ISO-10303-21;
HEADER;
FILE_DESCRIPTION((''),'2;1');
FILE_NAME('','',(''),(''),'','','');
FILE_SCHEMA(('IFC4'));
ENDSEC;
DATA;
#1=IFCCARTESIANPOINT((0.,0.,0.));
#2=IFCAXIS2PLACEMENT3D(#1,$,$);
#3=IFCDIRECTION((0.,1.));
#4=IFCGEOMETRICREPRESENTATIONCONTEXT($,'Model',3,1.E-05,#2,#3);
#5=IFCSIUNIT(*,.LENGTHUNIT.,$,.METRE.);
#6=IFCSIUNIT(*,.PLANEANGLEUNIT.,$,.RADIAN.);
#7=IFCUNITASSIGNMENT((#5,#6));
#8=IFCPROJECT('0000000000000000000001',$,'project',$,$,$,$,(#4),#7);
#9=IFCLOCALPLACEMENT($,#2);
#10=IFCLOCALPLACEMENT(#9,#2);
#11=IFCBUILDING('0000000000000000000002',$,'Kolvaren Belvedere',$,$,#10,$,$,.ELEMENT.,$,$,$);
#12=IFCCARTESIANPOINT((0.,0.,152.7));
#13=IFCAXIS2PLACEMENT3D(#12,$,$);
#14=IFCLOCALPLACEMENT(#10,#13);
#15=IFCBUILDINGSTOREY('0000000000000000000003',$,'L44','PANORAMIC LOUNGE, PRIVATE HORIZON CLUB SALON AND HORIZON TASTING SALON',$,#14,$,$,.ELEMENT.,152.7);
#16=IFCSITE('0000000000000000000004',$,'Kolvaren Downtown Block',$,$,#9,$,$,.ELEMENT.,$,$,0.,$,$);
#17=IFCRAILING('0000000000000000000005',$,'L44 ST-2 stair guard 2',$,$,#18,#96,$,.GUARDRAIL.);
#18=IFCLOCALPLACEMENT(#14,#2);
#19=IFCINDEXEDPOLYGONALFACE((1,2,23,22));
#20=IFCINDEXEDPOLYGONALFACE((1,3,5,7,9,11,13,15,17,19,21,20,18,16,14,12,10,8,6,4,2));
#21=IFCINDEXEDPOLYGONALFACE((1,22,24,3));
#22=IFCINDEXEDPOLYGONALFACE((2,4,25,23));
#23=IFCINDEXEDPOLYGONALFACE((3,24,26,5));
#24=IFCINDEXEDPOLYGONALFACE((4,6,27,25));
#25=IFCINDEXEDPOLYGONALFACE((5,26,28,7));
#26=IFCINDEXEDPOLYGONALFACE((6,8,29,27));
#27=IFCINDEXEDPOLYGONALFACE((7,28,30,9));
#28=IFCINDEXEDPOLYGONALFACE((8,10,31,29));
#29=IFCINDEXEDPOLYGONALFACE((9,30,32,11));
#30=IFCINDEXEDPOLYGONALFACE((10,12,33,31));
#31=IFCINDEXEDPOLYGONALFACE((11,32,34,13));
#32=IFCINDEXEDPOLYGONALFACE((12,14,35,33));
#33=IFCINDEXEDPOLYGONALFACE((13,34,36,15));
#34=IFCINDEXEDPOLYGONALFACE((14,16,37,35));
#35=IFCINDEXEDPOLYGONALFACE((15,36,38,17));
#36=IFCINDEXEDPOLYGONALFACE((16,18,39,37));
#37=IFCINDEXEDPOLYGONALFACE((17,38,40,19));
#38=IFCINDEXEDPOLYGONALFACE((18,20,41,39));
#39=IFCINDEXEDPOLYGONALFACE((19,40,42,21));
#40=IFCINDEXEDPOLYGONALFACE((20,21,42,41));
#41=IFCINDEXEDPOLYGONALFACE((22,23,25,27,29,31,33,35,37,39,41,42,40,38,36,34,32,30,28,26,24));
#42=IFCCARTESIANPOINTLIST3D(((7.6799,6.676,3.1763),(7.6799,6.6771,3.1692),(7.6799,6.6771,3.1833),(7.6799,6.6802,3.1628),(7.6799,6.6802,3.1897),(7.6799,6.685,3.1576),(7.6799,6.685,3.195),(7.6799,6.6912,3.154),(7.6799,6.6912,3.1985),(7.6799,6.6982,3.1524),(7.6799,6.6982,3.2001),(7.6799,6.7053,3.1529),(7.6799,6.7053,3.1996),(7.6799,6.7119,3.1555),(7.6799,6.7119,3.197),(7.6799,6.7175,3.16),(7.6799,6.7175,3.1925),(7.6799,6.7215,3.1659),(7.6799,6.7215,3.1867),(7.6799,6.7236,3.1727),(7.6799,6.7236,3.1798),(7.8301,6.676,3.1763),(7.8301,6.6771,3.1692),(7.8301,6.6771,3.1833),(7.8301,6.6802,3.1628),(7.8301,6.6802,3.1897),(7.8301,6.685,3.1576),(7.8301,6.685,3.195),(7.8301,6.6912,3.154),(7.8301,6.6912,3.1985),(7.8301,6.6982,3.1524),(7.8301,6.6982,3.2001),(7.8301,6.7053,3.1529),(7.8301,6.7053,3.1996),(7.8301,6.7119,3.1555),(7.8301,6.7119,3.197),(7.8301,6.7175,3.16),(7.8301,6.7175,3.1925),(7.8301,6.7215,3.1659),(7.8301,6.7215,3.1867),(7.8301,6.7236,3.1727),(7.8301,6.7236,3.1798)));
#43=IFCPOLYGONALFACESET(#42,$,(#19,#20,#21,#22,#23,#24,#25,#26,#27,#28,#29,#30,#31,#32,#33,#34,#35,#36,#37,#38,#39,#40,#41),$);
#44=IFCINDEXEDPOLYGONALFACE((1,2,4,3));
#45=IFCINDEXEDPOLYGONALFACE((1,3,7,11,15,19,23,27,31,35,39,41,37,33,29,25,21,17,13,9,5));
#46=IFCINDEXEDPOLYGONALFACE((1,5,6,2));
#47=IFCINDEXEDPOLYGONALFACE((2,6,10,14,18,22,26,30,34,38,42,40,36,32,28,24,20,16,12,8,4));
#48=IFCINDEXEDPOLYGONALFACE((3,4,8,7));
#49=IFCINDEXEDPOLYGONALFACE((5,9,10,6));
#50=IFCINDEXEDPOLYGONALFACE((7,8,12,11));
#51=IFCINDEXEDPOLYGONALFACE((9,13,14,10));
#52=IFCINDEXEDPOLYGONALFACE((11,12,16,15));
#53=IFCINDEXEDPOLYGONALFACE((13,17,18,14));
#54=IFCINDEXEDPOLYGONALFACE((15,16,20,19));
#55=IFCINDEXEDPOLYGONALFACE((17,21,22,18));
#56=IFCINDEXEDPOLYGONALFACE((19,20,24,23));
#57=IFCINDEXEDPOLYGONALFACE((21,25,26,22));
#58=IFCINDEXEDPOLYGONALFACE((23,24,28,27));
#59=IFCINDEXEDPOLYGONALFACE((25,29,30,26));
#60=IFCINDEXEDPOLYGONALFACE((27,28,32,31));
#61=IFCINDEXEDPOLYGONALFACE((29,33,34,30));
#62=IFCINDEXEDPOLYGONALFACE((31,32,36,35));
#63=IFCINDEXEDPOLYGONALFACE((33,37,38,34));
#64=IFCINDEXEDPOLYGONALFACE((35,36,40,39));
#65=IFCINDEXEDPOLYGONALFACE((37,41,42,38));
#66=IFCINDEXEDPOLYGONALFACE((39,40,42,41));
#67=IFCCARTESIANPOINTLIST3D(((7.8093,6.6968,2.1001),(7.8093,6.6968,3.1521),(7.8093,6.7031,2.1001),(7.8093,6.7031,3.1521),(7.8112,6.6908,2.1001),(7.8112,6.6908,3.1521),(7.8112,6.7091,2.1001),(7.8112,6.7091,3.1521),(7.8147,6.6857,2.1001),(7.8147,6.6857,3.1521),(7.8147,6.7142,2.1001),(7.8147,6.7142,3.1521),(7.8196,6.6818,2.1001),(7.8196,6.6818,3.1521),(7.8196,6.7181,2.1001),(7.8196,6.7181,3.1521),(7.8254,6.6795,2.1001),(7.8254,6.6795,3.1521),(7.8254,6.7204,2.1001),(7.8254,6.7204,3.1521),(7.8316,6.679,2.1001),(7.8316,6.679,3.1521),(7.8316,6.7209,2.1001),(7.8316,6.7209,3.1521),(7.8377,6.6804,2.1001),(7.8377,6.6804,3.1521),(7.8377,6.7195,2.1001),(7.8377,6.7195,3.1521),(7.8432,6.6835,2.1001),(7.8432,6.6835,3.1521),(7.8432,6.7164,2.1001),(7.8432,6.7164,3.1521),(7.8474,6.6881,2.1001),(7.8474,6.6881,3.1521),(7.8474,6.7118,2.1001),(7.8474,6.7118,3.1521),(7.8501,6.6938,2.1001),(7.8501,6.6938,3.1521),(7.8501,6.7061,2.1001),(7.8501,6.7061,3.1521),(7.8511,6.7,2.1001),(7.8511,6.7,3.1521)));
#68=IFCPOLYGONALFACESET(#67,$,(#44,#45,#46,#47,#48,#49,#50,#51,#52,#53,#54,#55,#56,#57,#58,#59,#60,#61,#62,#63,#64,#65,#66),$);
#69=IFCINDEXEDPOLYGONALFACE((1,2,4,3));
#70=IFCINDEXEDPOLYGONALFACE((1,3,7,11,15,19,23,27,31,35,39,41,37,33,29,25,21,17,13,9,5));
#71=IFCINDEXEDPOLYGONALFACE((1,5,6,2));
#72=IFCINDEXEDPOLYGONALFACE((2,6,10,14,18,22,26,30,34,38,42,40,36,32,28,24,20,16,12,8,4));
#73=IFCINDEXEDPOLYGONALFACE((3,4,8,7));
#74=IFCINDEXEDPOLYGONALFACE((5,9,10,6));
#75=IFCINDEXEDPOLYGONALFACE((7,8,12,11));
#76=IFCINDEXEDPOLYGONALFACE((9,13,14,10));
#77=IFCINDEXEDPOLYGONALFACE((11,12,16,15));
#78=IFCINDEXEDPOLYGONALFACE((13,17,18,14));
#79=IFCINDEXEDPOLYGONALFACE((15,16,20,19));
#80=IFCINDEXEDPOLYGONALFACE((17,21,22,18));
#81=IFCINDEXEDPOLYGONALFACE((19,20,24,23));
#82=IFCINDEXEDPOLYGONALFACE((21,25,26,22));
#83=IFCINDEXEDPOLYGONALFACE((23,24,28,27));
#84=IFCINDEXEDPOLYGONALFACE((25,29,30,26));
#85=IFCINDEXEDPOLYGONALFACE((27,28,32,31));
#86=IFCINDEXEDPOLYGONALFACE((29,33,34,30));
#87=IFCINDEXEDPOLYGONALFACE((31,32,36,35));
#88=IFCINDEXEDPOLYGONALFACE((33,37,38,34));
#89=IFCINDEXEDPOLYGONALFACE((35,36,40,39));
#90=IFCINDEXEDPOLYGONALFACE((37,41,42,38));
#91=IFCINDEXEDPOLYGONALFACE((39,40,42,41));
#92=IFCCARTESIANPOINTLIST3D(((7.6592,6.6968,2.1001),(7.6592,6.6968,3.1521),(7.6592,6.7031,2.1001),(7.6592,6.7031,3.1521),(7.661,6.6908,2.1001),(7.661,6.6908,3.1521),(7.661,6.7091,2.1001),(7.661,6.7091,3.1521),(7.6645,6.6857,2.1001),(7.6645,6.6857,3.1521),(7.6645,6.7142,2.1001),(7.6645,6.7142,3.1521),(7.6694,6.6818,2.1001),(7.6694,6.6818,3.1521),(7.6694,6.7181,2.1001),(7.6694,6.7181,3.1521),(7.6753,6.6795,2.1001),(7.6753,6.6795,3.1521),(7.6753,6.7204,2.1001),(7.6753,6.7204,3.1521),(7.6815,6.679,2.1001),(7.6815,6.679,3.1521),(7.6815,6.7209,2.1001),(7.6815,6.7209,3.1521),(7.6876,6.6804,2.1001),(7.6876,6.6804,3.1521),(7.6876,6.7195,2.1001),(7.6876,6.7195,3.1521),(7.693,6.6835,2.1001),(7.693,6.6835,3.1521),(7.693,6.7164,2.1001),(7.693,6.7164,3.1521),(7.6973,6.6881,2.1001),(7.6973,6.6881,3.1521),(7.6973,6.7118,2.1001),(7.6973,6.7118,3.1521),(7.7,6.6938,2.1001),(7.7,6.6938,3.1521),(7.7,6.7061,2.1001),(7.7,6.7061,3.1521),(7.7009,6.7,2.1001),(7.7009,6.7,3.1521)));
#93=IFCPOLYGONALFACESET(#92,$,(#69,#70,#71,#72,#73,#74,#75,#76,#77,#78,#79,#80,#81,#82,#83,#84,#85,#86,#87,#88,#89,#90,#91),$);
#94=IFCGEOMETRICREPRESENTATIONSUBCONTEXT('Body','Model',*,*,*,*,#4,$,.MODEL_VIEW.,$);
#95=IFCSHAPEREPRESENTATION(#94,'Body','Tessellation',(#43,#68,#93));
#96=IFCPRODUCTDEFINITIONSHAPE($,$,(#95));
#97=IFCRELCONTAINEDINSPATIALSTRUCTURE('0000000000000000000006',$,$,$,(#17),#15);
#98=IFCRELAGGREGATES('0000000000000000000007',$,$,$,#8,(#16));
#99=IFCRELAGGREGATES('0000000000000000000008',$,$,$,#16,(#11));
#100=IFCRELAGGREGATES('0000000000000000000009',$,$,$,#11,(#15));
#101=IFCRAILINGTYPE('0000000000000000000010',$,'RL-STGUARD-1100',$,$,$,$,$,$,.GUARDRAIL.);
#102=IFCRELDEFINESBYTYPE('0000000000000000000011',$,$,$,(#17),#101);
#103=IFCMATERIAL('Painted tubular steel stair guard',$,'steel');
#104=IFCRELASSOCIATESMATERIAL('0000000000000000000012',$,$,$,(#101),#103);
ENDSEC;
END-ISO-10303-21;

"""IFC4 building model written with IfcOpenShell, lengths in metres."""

from ifc_helpers import new_model, si_unit, direction, frame, origin, origin_2d, place, context, subcontext, project, spatial, circle, extrude, material, type_object, element, save


model = new_model("IFC4")

# Units and contexts
model_context = context("Model", 3, precision=1e-05, world=origin(), true_north=direction((0.0, 1.0)))
body_context = subcontext(model_context, "Body", "Model", "MODEL_VIEW")
ifc_project = project(units=[si_unit("LENGTHUNIT", "METRE"), si_unit("PLANEANGLEUNIT", "RADIAN")], contexts=[model_context])

# Site, building, storey
site_placement = place(None, origin())
site = spatial("IfcSite", under=ifc_project, at=site_placement, Name="Kolvaren Downtown Block", CompositionType="ELEMENT", RefElevation=0.0)
building_placement = place(site_placement, origin())
building = spatial("IfcBuilding", under=site, at=building_placement, Name="Kolvaren Belvedere", CompositionType="ELEMENT")
storey_placement = place(building_placement, frame((0.0, 0.0, 152.7)))
storey = spatial("IfcBuildingStorey", under=building, at=storey_placement, Name="L44", Description="PANORAMIC LOUNGE, PRIVATE HORIZON CLUB SALON AND HORIZON TASTING SALON", CompositionType="ELEMENT", Elevation=152.7)

# Railing
ifc_material_1 = material(Name="Painted tubular steel stair guard", Category="steel")
railing_type_1 = type_object("IfcRailingType", Name="RL-STGUARD-1100", PredefinedType="GUARDRAIL", material=ifc_material_1)
railing_1_placement = place(storey_placement, frame((7.8301, 6.7, 2.1001)))
element("IfcRailing", 1, at=railing_1_placement, inside=storey, type_object=railing_type_1, Name="L44 ST-2 stair guard 2", PredefinedType="GUARDRAIL", context=body_context, shape_type="SweptSolid", body=[
    extrude(circle(Radius=0.0239, at=origin_2d()), frame((0.0, 0.0, 1.0762), z_axis=(-1.0, 0.0, 0.0), x_axis=(0.0, -1.0, 0.0)), (0.0, 0.0, 1.0), 0.1501),
    extrude(circle(Radius=0.021, at=origin_2d()), origin(), (0.0, 0.0, 1.0), 1.052),
    extrude(circle(Radius=0.021, at=origin_2d()), frame((-0.1501, 0.0, 0.0)), (0.0, 0.0, 1.0), 1.052),
])

save(model, "model.ifc")
